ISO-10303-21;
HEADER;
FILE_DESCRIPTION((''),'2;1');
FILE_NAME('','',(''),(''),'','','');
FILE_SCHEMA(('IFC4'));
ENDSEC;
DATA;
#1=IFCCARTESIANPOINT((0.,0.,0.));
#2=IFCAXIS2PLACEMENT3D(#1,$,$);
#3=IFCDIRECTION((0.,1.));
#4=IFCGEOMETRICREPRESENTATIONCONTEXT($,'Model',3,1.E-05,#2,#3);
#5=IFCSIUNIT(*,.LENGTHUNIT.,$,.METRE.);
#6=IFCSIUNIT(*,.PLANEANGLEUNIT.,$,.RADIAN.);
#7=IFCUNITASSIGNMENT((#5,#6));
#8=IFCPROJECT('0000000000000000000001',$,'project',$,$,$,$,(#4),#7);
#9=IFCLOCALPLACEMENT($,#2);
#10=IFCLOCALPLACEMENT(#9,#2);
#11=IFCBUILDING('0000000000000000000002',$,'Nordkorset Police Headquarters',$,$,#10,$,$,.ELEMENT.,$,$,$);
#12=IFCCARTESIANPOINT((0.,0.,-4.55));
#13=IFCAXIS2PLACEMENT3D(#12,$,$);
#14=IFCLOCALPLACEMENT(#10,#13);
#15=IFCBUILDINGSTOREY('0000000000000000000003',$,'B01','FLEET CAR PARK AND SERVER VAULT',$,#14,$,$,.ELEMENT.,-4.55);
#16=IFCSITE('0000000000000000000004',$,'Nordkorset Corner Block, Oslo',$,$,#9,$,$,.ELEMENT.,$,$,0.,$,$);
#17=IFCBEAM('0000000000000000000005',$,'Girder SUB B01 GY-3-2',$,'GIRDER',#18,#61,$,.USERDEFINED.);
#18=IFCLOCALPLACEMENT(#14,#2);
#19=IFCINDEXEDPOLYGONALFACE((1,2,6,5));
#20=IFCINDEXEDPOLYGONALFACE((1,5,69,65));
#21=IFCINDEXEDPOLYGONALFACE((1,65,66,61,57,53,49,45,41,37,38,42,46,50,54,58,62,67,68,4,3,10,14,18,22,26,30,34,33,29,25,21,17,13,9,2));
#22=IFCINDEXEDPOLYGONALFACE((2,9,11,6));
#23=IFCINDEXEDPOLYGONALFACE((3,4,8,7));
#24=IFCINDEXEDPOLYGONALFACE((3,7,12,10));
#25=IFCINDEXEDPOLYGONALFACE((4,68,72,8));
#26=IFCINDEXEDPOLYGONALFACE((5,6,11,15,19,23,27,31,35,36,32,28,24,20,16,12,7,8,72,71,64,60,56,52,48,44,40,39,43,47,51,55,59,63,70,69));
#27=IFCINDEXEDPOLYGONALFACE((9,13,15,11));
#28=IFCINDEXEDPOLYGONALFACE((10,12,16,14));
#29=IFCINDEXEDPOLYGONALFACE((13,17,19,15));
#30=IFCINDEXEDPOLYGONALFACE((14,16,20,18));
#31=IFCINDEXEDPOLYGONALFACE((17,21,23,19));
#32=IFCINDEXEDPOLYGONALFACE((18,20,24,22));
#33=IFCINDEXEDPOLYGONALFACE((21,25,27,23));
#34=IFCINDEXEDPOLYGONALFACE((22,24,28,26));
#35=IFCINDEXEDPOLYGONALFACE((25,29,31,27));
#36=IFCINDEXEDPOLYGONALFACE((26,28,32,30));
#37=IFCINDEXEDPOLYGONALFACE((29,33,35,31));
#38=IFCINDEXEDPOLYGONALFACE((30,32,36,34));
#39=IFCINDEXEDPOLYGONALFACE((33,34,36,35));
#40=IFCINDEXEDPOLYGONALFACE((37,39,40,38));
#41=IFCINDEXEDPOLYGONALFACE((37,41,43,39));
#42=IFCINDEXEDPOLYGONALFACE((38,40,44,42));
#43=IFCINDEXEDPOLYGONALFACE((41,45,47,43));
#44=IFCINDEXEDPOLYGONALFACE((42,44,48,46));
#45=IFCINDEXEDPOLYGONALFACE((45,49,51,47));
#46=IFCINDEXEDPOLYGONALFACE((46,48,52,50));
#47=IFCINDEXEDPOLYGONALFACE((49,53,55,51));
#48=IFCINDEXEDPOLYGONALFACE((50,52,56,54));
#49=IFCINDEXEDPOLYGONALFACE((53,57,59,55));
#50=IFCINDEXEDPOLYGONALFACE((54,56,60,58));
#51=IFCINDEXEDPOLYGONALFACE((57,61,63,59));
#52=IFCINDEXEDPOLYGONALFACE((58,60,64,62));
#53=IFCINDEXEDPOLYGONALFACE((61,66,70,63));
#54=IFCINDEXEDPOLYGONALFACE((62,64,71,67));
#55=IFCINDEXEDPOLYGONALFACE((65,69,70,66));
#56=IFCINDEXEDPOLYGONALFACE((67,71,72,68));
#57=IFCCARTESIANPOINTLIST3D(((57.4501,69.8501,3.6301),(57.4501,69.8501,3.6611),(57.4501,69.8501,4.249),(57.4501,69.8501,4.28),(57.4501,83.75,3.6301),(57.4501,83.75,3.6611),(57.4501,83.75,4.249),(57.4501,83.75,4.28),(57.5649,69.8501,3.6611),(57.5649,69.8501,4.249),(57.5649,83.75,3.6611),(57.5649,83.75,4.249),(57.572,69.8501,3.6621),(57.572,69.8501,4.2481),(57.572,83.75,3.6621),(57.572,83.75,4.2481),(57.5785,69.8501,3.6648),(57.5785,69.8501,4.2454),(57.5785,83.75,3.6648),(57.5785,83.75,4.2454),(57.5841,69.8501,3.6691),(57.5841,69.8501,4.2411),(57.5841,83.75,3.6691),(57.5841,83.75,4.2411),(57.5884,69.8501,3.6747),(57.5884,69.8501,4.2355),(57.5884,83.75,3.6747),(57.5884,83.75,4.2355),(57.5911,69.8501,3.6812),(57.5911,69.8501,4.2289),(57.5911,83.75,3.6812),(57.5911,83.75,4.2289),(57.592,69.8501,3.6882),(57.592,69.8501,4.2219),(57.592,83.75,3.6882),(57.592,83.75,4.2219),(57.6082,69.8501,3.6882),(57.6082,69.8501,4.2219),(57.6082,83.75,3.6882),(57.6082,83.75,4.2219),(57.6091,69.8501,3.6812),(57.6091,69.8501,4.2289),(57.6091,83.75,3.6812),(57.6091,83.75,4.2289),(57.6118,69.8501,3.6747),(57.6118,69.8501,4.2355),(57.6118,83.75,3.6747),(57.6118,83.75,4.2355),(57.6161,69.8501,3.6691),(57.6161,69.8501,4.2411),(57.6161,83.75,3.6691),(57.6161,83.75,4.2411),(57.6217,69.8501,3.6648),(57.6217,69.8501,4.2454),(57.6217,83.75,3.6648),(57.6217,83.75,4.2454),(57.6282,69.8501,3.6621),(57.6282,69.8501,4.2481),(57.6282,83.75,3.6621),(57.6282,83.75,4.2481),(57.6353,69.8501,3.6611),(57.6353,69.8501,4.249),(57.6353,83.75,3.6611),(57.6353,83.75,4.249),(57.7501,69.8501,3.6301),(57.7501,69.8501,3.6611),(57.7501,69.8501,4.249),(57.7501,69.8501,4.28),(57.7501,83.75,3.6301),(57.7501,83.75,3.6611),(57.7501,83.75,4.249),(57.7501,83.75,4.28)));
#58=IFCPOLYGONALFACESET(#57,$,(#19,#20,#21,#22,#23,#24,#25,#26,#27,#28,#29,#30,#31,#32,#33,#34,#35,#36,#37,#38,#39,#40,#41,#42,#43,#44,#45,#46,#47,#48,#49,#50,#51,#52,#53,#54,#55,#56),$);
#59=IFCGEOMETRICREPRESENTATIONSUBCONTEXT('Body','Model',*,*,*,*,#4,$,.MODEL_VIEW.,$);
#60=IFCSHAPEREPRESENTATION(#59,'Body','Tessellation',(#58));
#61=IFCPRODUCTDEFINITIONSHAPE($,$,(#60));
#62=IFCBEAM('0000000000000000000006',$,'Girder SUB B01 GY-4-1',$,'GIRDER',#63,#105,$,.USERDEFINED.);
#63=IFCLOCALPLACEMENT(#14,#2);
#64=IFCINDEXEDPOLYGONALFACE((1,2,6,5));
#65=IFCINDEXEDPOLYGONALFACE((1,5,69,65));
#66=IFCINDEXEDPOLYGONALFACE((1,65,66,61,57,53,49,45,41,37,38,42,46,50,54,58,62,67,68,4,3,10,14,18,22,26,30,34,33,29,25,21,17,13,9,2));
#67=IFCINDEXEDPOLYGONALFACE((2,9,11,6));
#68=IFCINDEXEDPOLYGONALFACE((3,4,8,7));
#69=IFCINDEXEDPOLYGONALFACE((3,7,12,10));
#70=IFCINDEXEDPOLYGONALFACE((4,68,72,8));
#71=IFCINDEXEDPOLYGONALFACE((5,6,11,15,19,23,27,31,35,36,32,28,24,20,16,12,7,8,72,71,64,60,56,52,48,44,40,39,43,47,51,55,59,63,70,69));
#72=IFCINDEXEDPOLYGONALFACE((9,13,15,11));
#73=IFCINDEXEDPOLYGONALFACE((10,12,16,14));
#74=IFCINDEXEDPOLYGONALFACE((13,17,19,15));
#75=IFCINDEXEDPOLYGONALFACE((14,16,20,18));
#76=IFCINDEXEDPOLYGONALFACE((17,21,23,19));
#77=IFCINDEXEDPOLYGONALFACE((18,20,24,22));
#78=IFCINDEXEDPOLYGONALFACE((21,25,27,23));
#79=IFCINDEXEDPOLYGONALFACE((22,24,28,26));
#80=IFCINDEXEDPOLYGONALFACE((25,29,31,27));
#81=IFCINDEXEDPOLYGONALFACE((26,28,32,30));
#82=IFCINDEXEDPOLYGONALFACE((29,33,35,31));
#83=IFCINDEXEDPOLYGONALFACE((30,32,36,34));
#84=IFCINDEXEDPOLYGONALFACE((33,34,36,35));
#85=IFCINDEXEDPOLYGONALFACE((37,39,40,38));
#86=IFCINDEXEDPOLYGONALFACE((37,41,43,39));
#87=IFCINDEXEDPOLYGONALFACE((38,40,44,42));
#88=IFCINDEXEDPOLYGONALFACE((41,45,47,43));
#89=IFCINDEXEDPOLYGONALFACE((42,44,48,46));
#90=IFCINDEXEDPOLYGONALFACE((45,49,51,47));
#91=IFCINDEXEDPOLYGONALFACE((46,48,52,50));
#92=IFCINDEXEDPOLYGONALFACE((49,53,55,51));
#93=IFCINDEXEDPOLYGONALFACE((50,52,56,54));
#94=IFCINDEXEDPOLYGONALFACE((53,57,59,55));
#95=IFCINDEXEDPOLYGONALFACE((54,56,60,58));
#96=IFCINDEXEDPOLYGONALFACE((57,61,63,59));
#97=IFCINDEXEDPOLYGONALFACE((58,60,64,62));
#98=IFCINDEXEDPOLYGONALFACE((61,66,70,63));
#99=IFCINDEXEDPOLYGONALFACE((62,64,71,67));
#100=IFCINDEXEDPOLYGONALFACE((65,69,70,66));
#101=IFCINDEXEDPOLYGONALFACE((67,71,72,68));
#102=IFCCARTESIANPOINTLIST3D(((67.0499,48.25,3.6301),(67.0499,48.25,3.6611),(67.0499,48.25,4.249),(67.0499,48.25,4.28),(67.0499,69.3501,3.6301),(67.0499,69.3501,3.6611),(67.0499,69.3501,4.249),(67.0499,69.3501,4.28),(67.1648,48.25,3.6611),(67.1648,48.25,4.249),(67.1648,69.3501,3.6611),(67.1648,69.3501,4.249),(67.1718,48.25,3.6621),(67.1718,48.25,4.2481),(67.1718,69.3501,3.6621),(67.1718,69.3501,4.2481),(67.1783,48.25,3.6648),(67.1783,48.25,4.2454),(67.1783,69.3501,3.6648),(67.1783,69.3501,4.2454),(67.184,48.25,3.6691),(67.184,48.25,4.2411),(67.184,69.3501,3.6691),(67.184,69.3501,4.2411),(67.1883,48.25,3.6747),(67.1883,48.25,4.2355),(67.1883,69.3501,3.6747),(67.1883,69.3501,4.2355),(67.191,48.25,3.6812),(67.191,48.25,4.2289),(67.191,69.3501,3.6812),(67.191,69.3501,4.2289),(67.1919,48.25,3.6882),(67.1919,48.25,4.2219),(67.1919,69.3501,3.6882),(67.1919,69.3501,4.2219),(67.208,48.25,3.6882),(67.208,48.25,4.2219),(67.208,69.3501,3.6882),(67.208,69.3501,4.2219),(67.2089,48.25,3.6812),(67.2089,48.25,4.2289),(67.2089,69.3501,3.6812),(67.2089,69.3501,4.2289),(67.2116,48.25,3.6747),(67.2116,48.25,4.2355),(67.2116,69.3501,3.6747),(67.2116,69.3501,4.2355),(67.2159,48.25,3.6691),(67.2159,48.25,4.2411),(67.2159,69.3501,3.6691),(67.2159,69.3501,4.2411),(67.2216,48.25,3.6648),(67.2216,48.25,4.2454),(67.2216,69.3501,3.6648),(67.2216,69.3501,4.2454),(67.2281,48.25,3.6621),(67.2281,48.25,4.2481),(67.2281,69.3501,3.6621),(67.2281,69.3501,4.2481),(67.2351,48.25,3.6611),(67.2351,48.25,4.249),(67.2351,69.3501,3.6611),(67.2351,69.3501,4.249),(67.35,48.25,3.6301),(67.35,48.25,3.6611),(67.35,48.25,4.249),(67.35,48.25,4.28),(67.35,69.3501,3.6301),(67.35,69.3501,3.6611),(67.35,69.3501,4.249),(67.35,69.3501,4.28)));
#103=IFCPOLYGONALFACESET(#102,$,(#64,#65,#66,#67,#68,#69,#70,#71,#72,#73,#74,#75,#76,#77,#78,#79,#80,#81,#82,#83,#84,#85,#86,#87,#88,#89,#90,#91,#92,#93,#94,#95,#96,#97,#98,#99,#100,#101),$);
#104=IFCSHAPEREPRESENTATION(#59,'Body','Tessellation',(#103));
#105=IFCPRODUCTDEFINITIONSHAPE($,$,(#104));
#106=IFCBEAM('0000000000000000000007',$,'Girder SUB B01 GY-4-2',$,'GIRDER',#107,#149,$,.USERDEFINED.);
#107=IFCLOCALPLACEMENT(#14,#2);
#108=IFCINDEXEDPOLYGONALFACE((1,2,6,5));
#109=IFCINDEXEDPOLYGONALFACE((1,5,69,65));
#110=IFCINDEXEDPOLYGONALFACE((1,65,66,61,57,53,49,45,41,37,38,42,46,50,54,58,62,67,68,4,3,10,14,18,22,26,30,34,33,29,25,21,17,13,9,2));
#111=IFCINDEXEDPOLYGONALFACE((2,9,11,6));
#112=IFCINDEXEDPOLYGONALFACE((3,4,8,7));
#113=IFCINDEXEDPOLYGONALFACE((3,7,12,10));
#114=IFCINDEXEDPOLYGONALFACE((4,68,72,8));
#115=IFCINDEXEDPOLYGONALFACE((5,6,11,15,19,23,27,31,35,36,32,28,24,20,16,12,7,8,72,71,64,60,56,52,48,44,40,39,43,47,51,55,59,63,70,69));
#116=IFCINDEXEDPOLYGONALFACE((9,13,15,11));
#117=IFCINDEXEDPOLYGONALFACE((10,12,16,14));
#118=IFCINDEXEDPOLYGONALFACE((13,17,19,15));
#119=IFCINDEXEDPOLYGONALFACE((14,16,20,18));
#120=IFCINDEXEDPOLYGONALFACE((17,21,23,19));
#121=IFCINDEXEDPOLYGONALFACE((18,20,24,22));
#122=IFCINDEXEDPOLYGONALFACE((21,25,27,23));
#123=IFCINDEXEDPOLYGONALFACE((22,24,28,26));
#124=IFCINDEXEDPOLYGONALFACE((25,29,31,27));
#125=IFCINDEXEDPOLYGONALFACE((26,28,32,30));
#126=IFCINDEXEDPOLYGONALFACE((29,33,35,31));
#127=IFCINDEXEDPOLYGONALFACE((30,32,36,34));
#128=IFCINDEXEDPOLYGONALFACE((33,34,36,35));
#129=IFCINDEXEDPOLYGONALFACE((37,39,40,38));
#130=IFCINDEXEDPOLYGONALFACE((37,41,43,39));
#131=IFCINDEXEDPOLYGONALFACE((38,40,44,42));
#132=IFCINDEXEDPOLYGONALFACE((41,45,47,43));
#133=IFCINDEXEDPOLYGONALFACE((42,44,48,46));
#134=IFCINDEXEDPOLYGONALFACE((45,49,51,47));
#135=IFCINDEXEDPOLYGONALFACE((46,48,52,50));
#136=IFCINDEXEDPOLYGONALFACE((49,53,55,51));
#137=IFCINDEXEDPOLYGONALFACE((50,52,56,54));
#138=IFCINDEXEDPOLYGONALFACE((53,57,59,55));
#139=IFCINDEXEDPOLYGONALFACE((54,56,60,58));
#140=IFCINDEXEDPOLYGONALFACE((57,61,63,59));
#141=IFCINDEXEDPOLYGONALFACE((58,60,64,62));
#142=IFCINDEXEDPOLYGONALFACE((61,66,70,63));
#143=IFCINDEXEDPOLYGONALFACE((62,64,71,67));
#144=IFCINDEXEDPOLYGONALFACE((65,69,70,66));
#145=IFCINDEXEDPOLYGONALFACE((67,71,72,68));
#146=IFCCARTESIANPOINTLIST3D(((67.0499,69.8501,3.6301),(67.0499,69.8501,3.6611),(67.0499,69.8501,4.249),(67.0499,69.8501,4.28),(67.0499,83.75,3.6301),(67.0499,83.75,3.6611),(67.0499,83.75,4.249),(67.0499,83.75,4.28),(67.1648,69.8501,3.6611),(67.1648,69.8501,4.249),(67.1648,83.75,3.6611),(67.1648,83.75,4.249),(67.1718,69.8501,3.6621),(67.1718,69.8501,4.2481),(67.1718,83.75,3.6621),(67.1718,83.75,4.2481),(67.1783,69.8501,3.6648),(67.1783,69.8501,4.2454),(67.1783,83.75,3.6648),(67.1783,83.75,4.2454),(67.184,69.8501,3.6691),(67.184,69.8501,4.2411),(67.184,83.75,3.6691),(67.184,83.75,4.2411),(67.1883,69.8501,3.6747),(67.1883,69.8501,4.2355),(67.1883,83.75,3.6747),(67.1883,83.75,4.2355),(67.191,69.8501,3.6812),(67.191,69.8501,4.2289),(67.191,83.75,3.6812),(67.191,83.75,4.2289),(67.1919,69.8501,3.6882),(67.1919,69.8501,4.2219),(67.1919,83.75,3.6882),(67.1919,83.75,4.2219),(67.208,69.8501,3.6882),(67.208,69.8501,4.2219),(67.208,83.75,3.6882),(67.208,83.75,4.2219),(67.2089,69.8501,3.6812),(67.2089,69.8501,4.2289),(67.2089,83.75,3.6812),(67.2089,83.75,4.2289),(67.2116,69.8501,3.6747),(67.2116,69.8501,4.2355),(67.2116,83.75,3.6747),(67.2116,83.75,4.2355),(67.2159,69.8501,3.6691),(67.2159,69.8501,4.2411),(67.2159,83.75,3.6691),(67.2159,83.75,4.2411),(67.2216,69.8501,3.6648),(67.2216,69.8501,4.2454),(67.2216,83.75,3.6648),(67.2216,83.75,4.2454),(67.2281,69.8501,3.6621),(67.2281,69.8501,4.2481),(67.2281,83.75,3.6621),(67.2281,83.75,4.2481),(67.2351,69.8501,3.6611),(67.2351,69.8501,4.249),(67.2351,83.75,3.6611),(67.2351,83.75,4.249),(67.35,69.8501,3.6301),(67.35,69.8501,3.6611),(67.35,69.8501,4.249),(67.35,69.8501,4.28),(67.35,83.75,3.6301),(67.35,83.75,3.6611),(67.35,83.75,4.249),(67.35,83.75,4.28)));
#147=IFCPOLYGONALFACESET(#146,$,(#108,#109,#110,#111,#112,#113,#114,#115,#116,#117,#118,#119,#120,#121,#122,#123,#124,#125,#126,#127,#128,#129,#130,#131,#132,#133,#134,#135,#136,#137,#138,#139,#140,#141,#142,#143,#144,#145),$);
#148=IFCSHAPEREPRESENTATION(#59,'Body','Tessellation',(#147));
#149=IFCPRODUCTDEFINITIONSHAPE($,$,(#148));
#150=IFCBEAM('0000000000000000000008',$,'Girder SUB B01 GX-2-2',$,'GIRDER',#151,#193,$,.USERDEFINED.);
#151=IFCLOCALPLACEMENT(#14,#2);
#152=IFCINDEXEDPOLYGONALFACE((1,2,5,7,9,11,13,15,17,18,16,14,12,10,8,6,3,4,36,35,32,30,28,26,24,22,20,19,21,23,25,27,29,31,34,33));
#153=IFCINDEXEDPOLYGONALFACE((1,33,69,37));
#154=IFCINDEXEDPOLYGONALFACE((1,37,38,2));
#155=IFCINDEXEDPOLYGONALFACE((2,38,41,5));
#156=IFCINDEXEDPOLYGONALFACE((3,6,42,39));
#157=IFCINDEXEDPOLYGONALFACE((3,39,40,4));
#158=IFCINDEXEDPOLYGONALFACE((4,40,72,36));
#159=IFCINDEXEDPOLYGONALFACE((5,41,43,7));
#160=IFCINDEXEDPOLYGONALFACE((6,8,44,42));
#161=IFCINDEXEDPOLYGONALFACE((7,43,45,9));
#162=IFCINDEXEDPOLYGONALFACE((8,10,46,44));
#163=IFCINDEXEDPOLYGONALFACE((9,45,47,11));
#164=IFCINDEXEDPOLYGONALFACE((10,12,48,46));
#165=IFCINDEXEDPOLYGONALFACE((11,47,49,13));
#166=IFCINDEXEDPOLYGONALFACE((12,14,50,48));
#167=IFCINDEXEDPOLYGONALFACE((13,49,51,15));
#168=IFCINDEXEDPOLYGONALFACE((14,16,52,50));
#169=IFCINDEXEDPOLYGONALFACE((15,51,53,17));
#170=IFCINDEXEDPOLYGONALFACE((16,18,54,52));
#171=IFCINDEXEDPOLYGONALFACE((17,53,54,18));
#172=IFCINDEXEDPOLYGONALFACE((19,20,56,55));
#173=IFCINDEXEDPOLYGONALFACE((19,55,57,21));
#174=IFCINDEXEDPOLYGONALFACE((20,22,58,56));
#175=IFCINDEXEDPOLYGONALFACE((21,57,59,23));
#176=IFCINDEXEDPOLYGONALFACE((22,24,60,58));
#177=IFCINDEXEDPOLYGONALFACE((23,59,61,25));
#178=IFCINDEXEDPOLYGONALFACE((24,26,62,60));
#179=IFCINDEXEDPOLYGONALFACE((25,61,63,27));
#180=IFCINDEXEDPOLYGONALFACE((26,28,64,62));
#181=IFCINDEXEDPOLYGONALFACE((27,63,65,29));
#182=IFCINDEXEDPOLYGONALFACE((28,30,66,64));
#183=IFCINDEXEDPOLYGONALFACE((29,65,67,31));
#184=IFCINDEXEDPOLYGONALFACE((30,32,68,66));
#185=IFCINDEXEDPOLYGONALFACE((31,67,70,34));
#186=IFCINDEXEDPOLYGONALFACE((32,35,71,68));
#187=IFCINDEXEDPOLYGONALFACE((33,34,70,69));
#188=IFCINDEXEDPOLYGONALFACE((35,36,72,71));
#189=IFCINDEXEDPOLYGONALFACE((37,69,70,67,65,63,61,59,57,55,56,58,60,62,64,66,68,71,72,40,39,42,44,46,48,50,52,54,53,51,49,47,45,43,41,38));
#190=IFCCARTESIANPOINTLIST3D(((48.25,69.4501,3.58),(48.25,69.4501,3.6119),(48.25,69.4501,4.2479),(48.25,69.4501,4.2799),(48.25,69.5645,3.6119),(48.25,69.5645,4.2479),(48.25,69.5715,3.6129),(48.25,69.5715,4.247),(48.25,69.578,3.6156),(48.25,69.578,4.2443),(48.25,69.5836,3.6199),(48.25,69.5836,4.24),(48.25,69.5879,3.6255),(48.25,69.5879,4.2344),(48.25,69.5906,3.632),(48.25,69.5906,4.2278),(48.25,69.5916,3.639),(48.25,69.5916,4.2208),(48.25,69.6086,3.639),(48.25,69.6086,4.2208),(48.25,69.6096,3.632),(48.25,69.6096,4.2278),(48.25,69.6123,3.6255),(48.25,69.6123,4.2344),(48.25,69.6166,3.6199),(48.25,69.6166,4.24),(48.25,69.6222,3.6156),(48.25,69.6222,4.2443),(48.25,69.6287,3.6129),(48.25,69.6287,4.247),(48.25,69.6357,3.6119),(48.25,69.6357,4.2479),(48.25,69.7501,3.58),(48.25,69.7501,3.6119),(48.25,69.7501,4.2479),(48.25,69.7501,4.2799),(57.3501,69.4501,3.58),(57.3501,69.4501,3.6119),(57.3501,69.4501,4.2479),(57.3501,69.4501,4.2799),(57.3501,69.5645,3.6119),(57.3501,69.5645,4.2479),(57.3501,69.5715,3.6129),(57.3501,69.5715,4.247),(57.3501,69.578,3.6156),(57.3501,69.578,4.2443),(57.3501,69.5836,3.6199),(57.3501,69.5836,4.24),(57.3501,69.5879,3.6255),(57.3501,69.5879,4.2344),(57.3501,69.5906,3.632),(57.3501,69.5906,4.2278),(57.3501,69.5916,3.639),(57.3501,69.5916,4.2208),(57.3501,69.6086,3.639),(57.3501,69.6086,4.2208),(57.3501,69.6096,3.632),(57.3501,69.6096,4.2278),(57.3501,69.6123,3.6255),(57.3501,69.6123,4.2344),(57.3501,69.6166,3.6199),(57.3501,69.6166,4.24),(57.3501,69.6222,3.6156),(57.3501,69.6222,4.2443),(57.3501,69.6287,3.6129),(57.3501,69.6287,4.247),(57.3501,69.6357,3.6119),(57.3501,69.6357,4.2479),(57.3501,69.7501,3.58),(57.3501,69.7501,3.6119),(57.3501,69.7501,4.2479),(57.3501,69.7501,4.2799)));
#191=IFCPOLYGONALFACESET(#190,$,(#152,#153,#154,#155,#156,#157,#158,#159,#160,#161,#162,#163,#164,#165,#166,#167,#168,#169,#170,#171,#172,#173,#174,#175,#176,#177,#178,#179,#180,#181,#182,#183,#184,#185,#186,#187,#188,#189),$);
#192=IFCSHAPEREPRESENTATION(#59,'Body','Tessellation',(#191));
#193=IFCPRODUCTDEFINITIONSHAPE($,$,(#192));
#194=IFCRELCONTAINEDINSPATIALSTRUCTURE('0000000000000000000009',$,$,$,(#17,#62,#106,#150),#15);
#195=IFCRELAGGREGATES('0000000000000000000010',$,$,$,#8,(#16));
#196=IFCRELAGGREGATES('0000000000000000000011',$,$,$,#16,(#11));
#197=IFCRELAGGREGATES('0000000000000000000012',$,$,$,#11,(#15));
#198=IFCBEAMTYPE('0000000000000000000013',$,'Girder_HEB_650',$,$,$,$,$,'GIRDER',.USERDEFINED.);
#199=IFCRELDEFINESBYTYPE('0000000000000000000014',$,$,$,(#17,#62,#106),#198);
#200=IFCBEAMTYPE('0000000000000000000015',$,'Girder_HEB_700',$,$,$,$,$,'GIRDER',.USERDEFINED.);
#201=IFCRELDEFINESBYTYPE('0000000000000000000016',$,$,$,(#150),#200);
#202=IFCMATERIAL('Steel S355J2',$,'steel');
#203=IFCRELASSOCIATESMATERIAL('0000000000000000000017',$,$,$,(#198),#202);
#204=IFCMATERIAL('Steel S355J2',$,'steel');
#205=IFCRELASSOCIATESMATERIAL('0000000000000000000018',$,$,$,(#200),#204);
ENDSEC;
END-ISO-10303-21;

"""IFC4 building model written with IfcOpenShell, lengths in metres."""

from ifc_helpers import new_model, si_unit, direction, frame, origin, origin_2d, place, context, subcontext, project, spatial, i_section, extrude, material, material_profile, profile_set, type_object, element, save


model = new_model("IFC4")

# Units and contexts
model_context = context("Model", 3, precision=1e-05, world=origin(), true_north=direction((0.0, 1.0)))
body_context = subcontext(model_context, "Body", "Model", "MODEL_VIEW")
ifc_project = project(units=[si_unit("LENGTHUNIT", "METRE"), si_unit("PLANEANGLEUNIT", "RADIAN")], contexts=[model_context])

# Site, building, storey
site_placement = place(None, origin())
site = spatial("IfcSite", under=ifc_project, at=site_placement, Name="Nordkorset Corner Block, Oslo", CompositionType="ELEMENT", RefElevation=0.0)
building_placement = place(site_placement, origin())
building = spatial("IfcBuilding", under=site, at=building_placement, Name="Nordkorset Police Headquarters", CompositionType="ELEMENT")
storey_placement = place(building_placement, frame((0.0, 0.0, -4.55)))
storey = spatial("IfcBuildingStorey", under=building, at=storey_placement, Name="B01", Description="FLEET CAR PARK AND SERVER VAULT", CompositionType="ELEMENT", Elevation=-4.55)

# Beams
ifc_material_1 = material(Name="Steel S355J2", Category="steel")
ifc_material_profile_1 = material_profile(ifc_material_1, i_section(OverallWidth=0.3, OverallDepth=0.6499, WebThickness=0.0161, FlangeThickness=0.031, FilletRadius=0.0271, at=origin_2d()), Name="HEB 650")
ifc_profile_set_1 = profile_set([ifc_material_profile_1], Name="Steel S355J2")
beam_type_1 = type_object("IfcBeamType", Name="Girder_HEB_650", ElementType="GIRDER", PredefinedType="USERDEFINED", material=ifc_profile_set_1)
beam_1_placement = place(storey_placement, frame((57.6001, 69.8501, 3.9551), z_axis=(0.0, 1.0, 0.0), x_axis=(-1.0, 0.0, 0.0)))
element("IfcBeam", 1, at=beam_1_placement, inside=storey, type_object=beam_type_1, Name="Girder SUB B01 GY-3-2", ObjectType="GIRDER", PredefinedType="USERDEFINED", context=body_context, shape_type="SweptSolid", body=[
    extrude(i_section(OverallWidth=0.3, OverallDepth=0.6499, WebThickness=0.0161, FlangeThickness=0.031, FilletRadius=0.0271, at=origin_2d()), origin(), (0.0, 0.0, 1.0), 13.8999),
])
beam_2_placement = place(storey_placement, frame((67.2, 48.25, 3.9551), z_axis=(0.0, 1.0, 0.0), x_axis=(-1.0, 0.0, 0.0)))
element("IfcBeam", 2, at=beam_2_placement, inside=storey, type_object=beam_type_1, Name="Girder SUB B01 GY-4-1", ObjectType="GIRDER", PredefinedType="USERDEFINED", context=body_context, shape_type="SweptSolid", body=[
    extrude(i_section(OverallWidth=0.3, OverallDepth=0.6499, WebThickness=0.0161, FlangeThickness=0.031, FilletRadius=0.0271, at=origin_2d()), origin(), (0.0, 0.0, 1.0), 21.1001),
])
beam_3_placement = place(storey_placement, frame((67.2, 69.8501, 3.9551), z_axis=(0.0, 1.0, 0.0), x_axis=(-1.0, 0.0, 0.0)))
element("IfcBeam", 3, at=beam_3_placement, inside=storey, type_object=beam_type_1, Name="Girder SUB B01 GY-4-2", ObjectType="GIRDER", PredefinedType="USERDEFINED", context=body_context, shape_type="SweptSolid", body=[
    extrude(i_section(OverallWidth=0.3, OverallDepth=0.6499, WebThickness=0.0161, FlangeThickness=0.031, FilletRadius=0.0271, at=origin_2d()), origin(), (0.0, 0.0, 1.0), 13.8999),
])
ifc_material_2 = material(Name="Steel S355J2", Category="steel")
ifc_material_profile_2 = material_profile(ifc_material_2, i_section(OverallWidth=0.3, OverallDepth=0.7, WebThickness=0.0171, FlangeThickness=0.032, FilletRadius=0.0271, at=origin_2d()), Name="HEB 700")
ifc_profile_set_2 = profile_set([ifc_material_profile_2], Name="Steel S355J2")
beam_type_2 = type_object("IfcBeamType", Name="Girder_HEB_700", ElementType="GIRDER", PredefinedType="USERDEFINED", material=ifc_profile_set_2)
beam_4_placement = place(storey_placement, frame((48.25, 69.6001, 3.9299), z_axis=(1.0, 0.0, 0.0), x_axis=(0.0, 1.0, 0.0)))
element("IfcBeam", 4, at=beam_4_placement, inside=storey, type_object=beam_type_2, Name="Girder SUB B01 GX-2-2", ObjectType="GIRDER", PredefinedType="USERDEFINED", context=body_context, shape_type="SweptSolid", body=[
    extrude(i_section(OverallWidth=0.3, OverallDepth=0.7, WebThickness=0.0171, FlangeThickness=0.032, FilletRadius=0.0271, at=origin_2d()), origin(), (0.0, 0.0, 1.0), 9.1001),
])

save(model, "model.ifc")
